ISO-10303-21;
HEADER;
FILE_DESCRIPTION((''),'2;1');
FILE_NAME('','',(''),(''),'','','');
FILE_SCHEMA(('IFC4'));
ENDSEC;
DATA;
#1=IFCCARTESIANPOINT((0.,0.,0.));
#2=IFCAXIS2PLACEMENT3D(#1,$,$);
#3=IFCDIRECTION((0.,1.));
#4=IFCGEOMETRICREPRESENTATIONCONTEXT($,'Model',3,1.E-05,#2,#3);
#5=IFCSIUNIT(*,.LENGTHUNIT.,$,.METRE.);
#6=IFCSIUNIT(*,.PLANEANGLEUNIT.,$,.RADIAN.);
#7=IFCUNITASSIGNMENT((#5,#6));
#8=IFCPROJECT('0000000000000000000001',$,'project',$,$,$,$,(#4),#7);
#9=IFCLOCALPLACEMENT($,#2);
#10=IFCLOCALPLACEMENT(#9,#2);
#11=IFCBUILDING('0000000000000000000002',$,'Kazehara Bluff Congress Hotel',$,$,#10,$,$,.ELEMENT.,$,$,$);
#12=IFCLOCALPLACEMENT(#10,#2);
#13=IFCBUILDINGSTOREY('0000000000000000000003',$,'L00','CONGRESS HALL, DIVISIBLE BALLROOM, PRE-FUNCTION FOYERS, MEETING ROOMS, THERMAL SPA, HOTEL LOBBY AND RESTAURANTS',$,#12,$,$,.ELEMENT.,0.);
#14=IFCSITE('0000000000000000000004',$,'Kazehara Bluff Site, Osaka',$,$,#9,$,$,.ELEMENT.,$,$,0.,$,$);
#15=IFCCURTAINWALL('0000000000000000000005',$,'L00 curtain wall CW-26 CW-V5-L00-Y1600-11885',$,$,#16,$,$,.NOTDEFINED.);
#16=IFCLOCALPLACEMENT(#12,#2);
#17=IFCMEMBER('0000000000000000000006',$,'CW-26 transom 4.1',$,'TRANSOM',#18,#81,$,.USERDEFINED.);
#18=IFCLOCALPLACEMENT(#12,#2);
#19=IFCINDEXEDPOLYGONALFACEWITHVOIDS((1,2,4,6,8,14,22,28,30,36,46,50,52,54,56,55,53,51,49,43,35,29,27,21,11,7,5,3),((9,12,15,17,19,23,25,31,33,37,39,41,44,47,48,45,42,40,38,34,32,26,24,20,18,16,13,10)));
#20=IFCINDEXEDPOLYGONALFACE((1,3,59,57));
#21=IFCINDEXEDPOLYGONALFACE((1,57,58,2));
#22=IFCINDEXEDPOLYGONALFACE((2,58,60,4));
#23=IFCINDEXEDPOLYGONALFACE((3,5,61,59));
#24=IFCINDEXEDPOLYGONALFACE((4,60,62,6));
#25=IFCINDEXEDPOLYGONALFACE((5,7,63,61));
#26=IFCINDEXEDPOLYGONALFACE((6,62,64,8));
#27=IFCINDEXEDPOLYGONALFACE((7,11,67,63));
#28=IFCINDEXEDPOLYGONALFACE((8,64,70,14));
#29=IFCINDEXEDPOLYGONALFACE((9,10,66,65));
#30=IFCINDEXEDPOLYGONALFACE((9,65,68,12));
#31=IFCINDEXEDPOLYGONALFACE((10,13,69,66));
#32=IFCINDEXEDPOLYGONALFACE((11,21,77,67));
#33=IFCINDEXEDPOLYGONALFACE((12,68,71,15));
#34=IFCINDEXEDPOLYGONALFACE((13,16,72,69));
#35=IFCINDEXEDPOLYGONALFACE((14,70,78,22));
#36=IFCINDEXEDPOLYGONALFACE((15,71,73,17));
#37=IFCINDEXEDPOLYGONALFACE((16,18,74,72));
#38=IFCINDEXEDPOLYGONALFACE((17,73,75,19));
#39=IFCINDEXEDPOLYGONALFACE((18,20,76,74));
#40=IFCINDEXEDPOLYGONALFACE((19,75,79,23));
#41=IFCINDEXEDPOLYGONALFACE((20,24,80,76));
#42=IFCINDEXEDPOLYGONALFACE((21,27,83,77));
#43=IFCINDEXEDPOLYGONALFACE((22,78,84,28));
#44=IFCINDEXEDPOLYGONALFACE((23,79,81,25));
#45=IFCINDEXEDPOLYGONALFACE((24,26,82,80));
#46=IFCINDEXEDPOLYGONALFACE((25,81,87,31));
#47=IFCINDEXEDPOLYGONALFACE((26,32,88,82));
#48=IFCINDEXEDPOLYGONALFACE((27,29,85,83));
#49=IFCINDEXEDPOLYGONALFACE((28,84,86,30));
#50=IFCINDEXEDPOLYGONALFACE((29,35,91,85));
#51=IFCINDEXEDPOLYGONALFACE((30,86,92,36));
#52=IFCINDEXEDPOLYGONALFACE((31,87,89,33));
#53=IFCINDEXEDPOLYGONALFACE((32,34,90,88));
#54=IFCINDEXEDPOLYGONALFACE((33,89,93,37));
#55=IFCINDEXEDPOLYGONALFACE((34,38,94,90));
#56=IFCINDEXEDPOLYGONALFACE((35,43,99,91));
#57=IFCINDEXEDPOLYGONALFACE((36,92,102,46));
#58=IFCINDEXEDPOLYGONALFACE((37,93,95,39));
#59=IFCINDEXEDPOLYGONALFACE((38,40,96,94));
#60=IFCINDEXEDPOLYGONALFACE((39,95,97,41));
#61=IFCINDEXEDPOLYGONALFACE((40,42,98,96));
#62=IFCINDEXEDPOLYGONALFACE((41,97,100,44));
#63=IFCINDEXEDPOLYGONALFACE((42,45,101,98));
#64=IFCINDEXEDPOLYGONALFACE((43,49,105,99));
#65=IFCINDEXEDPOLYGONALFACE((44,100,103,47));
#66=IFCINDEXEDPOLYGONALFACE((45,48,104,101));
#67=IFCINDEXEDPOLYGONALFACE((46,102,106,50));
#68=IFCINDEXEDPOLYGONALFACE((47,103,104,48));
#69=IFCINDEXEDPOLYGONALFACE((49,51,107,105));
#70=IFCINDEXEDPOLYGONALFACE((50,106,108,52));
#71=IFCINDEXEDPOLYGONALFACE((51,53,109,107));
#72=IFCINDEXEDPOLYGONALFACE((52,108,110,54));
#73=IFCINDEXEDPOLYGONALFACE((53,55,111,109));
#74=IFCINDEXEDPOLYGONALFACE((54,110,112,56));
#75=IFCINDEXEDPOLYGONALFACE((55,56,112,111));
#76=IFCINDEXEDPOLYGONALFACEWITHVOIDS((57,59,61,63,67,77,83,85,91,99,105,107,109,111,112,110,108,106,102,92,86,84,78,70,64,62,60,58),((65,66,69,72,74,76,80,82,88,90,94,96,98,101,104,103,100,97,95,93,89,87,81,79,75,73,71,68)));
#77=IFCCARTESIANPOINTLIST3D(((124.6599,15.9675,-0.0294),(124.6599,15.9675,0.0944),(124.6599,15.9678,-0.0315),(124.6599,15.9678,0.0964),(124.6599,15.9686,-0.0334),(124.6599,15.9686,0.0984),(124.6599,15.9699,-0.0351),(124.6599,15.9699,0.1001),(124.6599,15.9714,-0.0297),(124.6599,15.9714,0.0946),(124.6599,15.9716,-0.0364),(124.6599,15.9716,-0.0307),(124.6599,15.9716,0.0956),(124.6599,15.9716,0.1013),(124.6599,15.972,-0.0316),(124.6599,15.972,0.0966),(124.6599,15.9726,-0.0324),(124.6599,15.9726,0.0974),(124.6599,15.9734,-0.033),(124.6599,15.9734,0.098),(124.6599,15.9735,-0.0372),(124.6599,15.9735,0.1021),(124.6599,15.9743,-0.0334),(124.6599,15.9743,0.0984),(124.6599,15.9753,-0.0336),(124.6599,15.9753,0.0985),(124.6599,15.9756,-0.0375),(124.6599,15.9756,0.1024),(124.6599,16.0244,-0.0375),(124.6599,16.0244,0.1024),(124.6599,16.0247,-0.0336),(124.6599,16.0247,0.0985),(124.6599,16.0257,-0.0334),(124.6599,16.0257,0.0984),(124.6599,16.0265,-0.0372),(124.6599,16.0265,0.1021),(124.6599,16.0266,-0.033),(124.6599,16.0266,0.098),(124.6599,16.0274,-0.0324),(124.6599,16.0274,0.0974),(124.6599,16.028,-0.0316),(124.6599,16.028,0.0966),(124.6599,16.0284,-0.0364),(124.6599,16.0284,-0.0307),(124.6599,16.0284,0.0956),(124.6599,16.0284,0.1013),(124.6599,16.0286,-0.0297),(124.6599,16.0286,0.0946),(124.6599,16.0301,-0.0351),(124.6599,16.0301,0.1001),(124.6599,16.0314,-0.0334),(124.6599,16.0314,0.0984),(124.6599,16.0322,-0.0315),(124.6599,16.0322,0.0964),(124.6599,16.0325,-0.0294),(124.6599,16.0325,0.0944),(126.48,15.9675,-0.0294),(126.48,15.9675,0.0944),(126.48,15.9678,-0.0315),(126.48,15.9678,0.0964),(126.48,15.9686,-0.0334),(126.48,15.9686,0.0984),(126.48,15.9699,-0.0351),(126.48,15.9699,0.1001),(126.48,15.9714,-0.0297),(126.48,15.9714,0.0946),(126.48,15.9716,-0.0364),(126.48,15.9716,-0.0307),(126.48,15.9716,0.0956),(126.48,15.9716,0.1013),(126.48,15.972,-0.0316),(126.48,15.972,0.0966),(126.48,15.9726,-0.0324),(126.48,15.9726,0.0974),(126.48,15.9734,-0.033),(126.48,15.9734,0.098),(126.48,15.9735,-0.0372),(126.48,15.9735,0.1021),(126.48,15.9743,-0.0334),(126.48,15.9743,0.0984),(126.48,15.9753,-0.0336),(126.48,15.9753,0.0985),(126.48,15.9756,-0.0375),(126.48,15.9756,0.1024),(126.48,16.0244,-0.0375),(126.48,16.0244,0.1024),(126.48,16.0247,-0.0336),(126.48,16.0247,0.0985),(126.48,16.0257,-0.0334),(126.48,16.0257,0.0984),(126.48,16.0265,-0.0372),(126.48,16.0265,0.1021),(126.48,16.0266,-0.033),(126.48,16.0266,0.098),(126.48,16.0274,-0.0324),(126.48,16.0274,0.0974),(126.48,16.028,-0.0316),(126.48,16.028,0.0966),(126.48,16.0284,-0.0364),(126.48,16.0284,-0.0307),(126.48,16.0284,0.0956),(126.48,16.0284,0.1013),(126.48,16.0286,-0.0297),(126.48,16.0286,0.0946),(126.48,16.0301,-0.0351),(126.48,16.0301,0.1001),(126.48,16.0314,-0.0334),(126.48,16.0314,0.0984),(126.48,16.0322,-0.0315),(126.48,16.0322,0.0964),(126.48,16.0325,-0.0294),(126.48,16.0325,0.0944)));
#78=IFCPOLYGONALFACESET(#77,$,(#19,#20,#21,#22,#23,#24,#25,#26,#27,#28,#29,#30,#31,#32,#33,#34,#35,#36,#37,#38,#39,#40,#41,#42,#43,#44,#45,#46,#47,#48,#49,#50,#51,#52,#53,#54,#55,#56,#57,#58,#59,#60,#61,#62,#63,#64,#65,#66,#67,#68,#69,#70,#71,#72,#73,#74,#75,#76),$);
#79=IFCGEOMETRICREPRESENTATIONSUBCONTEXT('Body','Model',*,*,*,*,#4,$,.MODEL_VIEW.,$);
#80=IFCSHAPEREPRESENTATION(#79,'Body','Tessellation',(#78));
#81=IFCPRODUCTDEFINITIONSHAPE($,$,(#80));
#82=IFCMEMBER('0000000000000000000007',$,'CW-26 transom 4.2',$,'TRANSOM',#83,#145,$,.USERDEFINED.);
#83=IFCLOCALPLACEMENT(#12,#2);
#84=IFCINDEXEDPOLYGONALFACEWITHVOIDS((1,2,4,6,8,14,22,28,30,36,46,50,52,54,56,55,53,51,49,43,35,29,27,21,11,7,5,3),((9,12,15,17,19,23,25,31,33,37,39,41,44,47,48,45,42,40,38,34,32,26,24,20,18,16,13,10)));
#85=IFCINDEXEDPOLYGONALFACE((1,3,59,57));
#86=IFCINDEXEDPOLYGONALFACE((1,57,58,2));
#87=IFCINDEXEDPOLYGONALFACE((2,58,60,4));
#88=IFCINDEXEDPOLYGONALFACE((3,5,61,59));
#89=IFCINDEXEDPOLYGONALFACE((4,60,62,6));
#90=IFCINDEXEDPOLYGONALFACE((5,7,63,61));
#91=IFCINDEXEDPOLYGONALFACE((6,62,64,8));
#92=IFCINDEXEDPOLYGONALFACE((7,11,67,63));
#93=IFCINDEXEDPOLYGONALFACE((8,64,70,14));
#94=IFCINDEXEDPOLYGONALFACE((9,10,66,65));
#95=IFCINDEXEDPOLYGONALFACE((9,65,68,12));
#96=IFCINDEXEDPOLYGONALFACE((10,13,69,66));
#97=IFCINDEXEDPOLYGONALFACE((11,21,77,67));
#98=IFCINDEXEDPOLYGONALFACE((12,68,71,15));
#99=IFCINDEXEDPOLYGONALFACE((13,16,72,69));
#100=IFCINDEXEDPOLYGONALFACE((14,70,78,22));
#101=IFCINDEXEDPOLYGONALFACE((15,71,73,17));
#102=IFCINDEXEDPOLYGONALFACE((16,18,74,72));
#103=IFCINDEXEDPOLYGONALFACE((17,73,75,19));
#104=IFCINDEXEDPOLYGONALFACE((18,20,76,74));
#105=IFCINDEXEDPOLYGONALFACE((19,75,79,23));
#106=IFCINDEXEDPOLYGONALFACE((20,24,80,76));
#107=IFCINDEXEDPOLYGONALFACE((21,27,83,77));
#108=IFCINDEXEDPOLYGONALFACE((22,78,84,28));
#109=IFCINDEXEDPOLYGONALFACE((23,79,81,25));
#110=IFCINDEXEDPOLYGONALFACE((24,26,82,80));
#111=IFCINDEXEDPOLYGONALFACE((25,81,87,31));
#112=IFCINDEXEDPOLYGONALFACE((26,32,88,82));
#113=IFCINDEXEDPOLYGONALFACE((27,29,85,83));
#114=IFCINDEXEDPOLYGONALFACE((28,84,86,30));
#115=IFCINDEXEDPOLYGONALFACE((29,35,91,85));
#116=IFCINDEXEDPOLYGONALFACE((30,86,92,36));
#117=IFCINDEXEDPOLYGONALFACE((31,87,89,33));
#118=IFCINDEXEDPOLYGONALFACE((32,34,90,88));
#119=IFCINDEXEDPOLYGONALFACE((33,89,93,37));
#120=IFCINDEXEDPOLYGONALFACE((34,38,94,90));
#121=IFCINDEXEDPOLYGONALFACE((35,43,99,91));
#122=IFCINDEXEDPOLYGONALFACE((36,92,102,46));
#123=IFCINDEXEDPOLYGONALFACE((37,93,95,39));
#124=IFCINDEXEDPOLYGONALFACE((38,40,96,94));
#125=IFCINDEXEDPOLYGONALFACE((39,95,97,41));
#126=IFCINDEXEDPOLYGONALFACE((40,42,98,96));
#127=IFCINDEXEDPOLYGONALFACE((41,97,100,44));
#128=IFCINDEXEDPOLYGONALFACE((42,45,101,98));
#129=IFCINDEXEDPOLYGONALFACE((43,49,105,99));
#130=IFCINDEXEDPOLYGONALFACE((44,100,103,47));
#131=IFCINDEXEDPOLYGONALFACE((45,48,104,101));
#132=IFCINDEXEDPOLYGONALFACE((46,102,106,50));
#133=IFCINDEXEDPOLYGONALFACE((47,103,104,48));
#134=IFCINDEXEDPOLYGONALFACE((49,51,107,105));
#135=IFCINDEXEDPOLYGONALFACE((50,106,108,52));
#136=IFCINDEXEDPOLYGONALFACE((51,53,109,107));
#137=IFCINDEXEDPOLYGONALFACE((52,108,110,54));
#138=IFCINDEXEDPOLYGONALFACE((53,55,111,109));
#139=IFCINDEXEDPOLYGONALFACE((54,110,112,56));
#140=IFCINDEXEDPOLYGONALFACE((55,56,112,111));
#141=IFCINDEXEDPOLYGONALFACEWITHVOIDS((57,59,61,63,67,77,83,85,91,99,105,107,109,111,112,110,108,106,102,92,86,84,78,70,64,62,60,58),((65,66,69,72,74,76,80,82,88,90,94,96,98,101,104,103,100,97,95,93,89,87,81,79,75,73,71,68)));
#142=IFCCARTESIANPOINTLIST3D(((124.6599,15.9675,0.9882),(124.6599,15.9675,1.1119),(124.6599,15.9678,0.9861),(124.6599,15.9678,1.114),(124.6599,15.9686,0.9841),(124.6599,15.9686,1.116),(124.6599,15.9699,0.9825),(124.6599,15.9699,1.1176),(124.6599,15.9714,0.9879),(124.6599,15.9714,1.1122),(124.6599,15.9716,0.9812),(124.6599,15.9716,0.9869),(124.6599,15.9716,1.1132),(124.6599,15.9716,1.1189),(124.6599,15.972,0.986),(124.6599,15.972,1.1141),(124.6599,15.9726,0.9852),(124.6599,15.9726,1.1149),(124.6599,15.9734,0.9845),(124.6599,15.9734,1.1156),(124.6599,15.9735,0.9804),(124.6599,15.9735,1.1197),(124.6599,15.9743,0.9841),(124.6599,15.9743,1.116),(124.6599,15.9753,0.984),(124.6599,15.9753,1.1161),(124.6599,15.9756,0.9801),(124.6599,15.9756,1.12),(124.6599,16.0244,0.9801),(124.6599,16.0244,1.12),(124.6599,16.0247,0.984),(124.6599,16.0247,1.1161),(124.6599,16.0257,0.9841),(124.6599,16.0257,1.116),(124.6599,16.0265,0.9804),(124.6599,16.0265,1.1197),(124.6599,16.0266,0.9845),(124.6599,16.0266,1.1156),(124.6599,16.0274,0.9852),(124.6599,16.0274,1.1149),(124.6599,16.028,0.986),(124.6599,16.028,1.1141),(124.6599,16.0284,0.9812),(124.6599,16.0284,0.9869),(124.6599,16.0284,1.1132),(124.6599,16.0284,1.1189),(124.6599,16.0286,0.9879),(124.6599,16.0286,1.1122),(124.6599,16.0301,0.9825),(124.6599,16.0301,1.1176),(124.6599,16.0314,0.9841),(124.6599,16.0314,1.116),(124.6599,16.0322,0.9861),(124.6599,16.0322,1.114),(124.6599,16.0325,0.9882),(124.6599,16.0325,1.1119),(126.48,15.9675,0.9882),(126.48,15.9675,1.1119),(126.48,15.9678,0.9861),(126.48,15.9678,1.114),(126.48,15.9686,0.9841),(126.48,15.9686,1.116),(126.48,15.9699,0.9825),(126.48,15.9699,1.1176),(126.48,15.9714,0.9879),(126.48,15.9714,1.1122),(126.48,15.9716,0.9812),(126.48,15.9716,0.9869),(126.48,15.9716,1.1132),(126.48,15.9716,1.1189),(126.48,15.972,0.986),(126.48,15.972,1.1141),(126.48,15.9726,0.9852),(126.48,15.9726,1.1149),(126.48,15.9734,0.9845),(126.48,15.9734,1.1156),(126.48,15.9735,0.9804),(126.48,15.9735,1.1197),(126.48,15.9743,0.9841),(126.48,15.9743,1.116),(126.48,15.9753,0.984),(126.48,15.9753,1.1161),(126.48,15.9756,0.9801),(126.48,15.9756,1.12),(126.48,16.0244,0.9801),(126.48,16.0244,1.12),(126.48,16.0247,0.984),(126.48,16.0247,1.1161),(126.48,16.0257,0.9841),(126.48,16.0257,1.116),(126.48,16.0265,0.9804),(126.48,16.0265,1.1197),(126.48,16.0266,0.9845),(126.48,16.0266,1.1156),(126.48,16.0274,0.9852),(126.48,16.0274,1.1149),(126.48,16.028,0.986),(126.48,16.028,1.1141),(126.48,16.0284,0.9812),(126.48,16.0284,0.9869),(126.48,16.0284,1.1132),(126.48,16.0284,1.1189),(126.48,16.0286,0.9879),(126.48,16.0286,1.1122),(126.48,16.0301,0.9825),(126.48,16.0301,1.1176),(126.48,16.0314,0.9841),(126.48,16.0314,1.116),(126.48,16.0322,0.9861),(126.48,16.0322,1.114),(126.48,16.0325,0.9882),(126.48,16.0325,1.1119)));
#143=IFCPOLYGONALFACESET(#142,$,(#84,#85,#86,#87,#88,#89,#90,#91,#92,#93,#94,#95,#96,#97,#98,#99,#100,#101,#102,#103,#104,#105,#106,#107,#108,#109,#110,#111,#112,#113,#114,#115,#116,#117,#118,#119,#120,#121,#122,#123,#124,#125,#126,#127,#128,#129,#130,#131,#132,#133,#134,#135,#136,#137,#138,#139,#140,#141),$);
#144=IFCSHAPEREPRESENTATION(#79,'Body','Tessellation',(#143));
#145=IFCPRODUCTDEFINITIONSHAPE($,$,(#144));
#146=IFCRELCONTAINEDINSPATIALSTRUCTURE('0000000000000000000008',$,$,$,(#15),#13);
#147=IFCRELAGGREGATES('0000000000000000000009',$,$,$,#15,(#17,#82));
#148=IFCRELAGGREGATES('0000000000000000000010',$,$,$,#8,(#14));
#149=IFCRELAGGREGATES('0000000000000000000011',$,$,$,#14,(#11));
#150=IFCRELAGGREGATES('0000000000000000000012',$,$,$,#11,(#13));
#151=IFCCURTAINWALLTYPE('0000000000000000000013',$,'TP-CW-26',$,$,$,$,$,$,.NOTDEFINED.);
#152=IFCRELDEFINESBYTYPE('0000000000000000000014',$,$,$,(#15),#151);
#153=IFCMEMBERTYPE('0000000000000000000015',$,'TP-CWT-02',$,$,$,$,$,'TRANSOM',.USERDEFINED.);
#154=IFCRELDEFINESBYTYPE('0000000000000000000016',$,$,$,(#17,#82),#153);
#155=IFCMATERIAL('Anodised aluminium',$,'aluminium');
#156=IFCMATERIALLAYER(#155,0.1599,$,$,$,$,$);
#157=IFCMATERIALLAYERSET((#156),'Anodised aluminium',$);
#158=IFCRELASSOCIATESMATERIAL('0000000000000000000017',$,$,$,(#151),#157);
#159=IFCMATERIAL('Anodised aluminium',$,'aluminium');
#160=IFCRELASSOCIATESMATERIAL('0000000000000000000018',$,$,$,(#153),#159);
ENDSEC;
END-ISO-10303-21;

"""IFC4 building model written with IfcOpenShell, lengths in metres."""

from ifc_helpers import new_model, si_unit, direction, frame, origin, origin_2d, place, context, subcontext, project, spatial, hollow_rectangle, extrude, material, layer, layer_set, material_profile, profile_set, type_object, element, aggregate, save


model = new_model("IFC4")

# Units and contexts
model_context = context("Model", 3, precision=1e-05, world=origin(), true_north=direction((0.0, 1.0)))
body_context = subcontext(model_context, "Body", "Model", "MODEL_VIEW")
ifc_project = project(units=[si_unit("LENGTHUNIT", "METRE"), si_unit("PLANEANGLEUNIT", "RADIAN")], contexts=[model_context])

# Site, building, storey
site_placement = place(None, origin())
site = spatial("IfcSite", under=ifc_project, at=site_placement, Name="Kazehara Bluff Site, Osaka", CompositionType="ELEMENT", RefElevation=0.0)
building_placement = place(site_placement, origin())
building = spatial("IfcBuilding", under=site, at=building_placement, Name="Kazehara Bluff Congress Hotel", CompositionType="ELEMENT")
storey_placement = place(building_placement, origin())
storey = spatial("IfcBuildingStorey", under=building, at=storey_placement, Name="L00", Description="CONGRESS HALL, DIVISIBLE BALLROOM, PRE-FUNCTION FOYERS, MEETING ROOMS, THERMAL SPA, HOTEL LOBBY AND RESTAURANTS", CompositionType="ELEMENT", Elevation=0.0)

# Curtain wall, members
ifc_material_1 = material(Name="Anodised aluminium", Category="aluminium")
ifc_layer_1 = layer(ifc_material_1, 0.1599)
ifc_layer_set_1 = layer_set([ifc_layer_1], Name="Anodised aluminium")
curtain_wall_type = type_object("IfcCurtainWallType", Name="TP-CW-26", PredefinedType="NOTDEFINED", material=ifc_layer_set_1)
curtain_wall_placement = place(storey_placement, origin())
curtain_wall = element("IfcCurtainWall", 1, at=curtain_wall_placement, inside=storey, type_object=curtain_wall_type, Name="L00 curtain wall CW-26 CW-V5-L00-Y1600-11885", PredefinedType="NOTDEFINED")
ifc_material_2 = material(Name="Anodised aluminium", Category="aluminium")
ifc_material_profile_1 = material_profile(ifc_material_2, hollow_rectangle(XDim=0.0649, YDim=0.1399, WallThickness=0.0039, InnerFilletRadius=0.0039, OuterFilletRadius=0.0081, at=origin_2d()))
ifc_profile_set_1 = profile_set([ifc_material_profile_1], Name="Anodised aluminium")
member_type_1 = type_object("IfcMemberType", Name="TP-CWT-02", ElementType="TRANSOM", PredefinedType="USERDEFINED", material=ifc_profile_set_1)
member_1_placement = place(storey_placement, frame((124.6599, 16.0, 0.0325), z_axis=(1.0, 0.0, 0.0), x_axis=(0.0, 1.0, 0.0)))
member_1 = element("IfcMember", 2, at=member_1_placement, type_object=member_type_1, Name="CW-26 transom 4.1", ObjectType="TRANSOM", PredefinedType="USERDEFINED", context=body_context, shape_type="SweptSolid", body=[
    extrude(hollow_rectangle(XDim=0.0649, YDim=0.1399, WallThickness=0.0039, InnerFilletRadius=0.0039, OuterFilletRadius=0.0081, at=origin_2d()), origin(), (0.0, 0.0, 1.0), 1.8201),
])
member_2_placement = place(storey_placement, frame((124.6599, 16.0, 1.05), z_axis=(1.0, 0.0, 0.0), x_axis=(0.0, 1.0, 0.0)))
member_2 = element("IfcMember", 3, at=member_2_placement, type_object=member_type_1, Name="CW-26 transom 4.2", ObjectType="TRANSOM", PredefinedType="USERDEFINED", context=body_context, shape_type="SweptSolid", body=[
    extrude(hollow_rectangle(XDim=0.0649, YDim=0.1399, WallThickness=0.0039, InnerFilletRadius=0.0039, OuterFilletRadius=0.0081, at=origin_2d()), origin(), (0.0, 0.0, 1.0), 1.8201),
])

aggregate(curtain_wall, [member_1, member_2])

save(model, "model.ifc")
